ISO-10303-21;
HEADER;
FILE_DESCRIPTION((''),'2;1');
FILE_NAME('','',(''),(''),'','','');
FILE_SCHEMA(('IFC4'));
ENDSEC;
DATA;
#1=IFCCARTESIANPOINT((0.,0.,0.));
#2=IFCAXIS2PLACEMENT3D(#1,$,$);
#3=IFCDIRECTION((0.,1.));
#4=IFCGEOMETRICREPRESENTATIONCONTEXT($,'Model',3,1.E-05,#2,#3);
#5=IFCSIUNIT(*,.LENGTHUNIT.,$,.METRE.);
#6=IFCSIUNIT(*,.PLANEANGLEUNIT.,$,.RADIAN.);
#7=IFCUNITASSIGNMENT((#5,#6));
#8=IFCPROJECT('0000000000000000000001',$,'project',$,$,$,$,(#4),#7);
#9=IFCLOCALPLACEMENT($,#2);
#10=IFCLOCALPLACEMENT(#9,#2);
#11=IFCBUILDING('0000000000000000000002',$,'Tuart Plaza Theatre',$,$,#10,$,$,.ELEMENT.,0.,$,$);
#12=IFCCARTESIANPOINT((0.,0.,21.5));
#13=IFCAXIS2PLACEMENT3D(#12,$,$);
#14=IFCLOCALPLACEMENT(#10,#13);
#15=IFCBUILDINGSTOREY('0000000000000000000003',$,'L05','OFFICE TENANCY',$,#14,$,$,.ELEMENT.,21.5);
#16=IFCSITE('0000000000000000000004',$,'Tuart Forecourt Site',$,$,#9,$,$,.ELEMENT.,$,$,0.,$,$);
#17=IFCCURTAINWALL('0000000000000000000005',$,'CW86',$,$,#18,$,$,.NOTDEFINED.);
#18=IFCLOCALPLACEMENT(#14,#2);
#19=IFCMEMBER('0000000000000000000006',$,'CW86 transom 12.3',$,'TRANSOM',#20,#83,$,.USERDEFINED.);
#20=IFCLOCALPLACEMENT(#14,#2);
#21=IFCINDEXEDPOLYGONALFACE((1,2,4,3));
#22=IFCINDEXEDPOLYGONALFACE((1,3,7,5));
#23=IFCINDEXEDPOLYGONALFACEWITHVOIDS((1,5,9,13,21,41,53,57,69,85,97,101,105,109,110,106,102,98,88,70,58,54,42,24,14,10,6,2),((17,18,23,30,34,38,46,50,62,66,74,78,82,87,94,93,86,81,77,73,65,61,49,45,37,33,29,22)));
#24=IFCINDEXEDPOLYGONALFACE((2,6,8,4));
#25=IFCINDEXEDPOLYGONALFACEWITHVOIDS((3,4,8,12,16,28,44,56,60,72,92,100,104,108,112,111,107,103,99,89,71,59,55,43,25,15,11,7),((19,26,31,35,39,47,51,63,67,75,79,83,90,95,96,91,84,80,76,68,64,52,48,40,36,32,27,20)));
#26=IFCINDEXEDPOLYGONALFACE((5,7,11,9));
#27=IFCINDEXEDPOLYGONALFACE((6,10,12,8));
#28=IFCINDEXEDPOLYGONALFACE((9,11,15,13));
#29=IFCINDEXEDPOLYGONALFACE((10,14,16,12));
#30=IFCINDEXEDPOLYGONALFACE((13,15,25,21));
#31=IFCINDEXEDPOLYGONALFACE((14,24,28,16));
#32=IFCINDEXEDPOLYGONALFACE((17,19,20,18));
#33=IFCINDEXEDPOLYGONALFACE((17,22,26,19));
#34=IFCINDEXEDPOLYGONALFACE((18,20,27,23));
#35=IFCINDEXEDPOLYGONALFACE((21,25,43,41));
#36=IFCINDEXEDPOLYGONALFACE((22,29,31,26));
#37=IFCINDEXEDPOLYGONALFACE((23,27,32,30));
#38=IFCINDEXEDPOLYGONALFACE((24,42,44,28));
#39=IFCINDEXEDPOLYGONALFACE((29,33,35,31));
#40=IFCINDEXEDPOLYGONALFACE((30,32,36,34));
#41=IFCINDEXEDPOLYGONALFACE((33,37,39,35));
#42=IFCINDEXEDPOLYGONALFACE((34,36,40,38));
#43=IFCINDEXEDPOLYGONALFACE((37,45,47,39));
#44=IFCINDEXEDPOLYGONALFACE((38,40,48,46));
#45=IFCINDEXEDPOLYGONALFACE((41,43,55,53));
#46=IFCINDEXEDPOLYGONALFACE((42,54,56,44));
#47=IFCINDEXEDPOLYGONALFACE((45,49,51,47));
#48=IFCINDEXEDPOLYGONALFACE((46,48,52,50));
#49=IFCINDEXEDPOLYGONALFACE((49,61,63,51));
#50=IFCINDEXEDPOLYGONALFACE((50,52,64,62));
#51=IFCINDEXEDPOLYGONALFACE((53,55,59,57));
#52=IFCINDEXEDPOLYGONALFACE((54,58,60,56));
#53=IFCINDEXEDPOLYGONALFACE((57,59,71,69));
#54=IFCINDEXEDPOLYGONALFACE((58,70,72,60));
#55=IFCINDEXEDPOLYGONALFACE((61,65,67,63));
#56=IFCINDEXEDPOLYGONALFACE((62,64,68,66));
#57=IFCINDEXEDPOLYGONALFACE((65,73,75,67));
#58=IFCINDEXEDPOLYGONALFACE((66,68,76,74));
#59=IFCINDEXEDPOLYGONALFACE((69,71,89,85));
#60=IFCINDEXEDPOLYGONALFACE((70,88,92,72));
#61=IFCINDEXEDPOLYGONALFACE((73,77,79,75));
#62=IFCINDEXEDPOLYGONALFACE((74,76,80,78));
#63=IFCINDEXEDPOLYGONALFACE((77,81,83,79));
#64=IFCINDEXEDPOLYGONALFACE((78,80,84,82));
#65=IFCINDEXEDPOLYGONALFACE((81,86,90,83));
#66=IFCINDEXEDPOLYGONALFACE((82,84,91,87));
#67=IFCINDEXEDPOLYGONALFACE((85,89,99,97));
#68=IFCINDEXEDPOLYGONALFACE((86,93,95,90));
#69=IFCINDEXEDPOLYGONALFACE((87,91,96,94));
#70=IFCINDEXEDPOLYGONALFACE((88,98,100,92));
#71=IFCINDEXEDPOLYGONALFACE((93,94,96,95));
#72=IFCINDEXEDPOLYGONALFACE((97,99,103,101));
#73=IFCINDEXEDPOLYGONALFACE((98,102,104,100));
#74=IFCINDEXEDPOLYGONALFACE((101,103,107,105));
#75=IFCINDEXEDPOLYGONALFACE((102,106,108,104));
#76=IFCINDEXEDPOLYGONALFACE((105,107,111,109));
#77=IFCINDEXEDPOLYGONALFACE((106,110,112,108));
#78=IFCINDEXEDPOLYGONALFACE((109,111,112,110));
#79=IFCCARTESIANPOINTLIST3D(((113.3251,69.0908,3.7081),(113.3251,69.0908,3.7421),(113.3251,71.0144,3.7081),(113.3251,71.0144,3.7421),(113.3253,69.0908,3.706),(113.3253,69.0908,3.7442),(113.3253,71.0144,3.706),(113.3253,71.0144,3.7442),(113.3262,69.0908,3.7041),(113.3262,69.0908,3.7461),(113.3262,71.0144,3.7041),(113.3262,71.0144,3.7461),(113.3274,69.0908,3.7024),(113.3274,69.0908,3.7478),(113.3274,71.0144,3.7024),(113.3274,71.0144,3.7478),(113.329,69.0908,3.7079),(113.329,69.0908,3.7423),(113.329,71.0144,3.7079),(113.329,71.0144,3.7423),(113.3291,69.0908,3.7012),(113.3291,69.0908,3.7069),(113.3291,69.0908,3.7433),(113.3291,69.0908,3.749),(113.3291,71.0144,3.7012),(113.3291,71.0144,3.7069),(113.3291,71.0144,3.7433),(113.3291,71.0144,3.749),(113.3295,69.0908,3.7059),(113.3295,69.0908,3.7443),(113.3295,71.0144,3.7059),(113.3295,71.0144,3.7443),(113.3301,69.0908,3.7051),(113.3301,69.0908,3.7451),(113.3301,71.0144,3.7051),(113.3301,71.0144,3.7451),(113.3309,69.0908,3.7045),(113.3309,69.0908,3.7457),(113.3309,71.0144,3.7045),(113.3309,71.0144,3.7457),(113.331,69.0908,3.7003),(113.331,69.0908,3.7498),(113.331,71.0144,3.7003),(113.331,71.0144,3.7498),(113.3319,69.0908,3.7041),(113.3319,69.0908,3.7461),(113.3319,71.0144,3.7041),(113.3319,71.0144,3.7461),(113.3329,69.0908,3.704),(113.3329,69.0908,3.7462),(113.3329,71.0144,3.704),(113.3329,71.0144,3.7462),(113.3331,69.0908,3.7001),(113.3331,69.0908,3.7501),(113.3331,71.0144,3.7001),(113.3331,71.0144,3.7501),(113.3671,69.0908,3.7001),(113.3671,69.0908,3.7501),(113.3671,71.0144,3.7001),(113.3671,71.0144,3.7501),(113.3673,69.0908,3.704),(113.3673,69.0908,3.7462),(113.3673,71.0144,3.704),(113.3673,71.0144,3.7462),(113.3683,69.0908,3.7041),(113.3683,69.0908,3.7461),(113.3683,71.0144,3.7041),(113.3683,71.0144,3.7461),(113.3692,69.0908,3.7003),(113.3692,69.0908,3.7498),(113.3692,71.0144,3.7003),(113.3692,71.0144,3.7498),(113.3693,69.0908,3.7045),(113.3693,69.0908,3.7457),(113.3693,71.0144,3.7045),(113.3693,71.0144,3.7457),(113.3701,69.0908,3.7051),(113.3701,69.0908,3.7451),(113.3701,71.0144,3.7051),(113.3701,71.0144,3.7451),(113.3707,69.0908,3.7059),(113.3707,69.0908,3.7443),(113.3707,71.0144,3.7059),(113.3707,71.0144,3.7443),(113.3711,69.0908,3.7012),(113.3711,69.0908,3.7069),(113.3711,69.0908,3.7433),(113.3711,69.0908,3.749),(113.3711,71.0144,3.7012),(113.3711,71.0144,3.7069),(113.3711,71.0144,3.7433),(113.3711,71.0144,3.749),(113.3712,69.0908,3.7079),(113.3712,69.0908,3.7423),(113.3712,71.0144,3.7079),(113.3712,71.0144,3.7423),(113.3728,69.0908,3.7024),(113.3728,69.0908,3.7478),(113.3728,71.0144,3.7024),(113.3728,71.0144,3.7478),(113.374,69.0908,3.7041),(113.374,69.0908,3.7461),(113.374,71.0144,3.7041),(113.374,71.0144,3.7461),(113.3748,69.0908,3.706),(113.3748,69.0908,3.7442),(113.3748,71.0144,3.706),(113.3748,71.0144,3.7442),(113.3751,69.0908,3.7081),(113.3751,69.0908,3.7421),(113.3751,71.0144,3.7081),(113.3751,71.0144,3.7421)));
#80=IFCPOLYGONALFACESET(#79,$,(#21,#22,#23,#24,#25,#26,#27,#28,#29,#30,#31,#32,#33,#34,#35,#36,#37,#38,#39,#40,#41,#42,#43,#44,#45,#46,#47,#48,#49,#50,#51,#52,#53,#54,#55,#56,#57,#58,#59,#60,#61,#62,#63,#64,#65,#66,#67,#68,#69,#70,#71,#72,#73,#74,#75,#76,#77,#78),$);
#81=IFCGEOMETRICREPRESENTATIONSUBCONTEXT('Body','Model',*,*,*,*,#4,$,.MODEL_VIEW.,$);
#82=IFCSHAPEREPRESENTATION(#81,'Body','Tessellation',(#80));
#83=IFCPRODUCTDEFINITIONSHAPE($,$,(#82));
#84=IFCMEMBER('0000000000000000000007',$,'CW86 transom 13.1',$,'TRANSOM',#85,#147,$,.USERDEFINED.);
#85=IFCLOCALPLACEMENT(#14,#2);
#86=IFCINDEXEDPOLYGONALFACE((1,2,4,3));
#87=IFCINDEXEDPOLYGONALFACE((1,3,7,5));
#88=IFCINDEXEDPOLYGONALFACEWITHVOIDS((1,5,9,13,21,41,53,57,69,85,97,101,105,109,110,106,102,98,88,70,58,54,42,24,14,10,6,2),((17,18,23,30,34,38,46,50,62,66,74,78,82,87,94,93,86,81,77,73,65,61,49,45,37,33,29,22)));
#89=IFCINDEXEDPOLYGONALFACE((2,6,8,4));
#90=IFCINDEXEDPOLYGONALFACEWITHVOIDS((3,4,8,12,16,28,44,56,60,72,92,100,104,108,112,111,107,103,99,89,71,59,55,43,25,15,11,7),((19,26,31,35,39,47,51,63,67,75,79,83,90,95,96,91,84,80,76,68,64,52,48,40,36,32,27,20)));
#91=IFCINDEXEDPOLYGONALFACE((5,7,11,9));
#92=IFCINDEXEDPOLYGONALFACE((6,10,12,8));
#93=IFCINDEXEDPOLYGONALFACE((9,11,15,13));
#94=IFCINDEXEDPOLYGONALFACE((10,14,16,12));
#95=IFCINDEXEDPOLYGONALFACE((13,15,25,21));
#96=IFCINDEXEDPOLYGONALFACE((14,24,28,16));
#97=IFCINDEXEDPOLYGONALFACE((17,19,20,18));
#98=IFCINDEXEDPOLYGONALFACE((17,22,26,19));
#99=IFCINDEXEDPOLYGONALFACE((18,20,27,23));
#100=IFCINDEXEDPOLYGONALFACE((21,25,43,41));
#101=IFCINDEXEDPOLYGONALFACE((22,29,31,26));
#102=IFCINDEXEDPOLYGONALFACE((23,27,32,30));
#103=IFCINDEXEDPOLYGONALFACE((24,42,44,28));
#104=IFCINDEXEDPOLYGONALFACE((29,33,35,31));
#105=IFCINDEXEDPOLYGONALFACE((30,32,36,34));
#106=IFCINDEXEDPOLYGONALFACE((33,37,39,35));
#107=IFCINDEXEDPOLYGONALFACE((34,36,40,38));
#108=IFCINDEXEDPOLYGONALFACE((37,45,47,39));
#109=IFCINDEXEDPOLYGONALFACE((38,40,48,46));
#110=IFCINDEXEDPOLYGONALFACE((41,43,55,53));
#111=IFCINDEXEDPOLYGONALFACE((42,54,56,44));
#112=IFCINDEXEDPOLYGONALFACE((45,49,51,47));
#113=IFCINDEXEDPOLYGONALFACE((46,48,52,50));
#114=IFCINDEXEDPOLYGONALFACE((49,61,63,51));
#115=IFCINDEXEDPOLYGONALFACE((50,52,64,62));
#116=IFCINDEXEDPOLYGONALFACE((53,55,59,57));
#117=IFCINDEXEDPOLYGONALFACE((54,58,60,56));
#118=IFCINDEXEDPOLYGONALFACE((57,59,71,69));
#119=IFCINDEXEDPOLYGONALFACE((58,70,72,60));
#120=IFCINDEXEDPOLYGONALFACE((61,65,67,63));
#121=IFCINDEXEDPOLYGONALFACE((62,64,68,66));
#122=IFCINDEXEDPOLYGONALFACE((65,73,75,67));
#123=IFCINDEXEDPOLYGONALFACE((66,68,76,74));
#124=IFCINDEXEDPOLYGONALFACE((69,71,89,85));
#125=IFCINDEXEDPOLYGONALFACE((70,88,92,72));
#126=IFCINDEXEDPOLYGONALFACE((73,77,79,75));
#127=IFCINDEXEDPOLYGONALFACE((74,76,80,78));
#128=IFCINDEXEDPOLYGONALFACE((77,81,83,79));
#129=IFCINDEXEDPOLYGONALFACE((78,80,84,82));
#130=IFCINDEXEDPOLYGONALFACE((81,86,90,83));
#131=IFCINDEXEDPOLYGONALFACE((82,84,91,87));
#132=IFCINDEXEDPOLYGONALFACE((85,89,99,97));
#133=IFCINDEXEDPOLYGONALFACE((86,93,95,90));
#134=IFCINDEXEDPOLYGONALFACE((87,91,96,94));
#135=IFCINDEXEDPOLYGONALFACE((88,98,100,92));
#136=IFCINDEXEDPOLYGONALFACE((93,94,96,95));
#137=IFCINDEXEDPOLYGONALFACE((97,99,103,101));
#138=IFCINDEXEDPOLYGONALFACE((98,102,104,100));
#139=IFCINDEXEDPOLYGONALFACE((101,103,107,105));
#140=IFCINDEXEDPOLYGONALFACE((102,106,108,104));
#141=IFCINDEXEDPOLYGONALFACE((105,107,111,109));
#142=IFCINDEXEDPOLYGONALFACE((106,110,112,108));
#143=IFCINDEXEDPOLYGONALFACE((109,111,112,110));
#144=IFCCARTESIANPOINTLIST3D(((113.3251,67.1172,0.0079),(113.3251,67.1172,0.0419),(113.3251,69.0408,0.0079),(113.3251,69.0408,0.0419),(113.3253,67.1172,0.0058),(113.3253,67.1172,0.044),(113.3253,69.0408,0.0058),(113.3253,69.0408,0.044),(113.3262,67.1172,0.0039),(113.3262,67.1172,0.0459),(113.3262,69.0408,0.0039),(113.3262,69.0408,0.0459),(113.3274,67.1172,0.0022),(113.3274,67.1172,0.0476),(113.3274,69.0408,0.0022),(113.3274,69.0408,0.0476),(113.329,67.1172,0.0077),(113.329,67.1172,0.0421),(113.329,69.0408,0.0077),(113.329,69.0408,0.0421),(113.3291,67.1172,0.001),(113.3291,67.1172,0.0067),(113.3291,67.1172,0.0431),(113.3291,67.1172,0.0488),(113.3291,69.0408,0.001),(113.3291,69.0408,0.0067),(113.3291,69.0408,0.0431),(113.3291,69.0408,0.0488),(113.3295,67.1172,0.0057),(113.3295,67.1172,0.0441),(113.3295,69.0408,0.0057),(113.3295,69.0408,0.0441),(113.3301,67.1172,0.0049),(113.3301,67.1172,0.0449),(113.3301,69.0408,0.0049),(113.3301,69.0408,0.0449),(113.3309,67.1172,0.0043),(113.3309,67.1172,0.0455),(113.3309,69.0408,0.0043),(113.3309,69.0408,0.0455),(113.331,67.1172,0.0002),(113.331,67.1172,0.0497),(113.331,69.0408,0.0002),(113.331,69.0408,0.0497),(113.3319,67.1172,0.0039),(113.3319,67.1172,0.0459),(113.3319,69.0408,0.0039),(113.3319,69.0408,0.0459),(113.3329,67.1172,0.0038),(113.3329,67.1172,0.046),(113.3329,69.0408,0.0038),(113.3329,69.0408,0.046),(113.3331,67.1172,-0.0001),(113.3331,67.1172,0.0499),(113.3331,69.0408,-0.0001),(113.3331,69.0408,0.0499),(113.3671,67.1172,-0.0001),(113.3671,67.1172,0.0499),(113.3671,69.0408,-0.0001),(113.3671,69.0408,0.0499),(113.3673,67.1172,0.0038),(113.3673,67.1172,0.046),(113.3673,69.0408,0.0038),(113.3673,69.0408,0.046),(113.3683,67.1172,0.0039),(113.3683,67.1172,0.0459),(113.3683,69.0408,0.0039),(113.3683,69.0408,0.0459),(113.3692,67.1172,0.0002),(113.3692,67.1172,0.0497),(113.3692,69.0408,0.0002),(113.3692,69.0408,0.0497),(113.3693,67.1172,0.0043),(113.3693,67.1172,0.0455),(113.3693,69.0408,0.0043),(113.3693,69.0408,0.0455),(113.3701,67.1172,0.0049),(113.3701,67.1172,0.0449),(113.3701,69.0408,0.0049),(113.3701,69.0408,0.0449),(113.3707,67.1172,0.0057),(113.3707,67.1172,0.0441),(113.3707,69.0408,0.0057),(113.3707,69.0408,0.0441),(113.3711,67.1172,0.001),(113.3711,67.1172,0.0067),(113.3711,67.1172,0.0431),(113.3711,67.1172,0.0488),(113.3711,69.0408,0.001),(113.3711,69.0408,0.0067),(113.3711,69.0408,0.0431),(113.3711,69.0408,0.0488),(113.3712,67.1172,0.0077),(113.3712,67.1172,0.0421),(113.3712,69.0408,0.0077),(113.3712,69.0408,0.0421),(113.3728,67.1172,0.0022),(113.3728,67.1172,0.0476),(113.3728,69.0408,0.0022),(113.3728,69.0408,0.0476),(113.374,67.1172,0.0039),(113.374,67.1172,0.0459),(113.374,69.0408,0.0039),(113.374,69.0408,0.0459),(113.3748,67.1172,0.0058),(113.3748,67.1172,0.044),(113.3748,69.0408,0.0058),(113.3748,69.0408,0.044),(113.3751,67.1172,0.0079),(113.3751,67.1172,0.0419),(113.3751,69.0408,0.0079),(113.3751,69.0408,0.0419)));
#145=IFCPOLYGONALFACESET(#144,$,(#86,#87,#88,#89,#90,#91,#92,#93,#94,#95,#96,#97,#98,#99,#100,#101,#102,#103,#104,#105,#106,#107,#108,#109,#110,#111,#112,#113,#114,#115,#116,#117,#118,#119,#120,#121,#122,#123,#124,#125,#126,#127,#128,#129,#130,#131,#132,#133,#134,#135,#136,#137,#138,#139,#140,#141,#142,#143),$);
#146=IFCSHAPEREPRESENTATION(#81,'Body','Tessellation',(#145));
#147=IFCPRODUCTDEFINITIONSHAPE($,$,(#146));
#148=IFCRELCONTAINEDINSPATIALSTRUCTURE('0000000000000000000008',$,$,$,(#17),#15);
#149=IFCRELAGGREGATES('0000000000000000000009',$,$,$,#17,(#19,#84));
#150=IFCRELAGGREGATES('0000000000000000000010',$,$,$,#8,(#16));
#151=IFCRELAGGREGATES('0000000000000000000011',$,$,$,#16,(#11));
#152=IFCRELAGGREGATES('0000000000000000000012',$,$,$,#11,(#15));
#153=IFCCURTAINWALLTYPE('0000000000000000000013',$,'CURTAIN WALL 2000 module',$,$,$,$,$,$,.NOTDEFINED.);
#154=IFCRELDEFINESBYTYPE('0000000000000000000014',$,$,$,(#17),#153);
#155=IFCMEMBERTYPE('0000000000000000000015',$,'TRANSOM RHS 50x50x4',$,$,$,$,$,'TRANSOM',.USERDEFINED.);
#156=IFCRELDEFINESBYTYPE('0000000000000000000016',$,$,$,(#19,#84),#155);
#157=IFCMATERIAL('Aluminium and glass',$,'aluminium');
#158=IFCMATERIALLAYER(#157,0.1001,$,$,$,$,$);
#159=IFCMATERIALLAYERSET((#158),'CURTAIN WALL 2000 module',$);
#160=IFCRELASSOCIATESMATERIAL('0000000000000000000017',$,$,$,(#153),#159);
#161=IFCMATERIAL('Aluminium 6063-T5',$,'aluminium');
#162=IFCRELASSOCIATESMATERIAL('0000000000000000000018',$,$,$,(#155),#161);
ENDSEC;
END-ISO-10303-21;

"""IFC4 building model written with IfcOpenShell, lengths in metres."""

from ifc_helpers import new_model, si_unit, direction, frame, origin, origin_2d, place, context, subcontext, project, spatial, hollow_rectangle, extrude, material, layer, layer_set, material_profile, profile_set, type_object, element, aggregate, save


model = new_model("IFC4")

# Units and contexts
model_context = context("Model", 3, precision=1e-05, world=origin(), true_north=direction((0.0, 1.0)))
body_context = subcontext(model_context, "Body", "Model", "MODEL_VIEW")
ifc_project = project(units=[si_unit("LENGTHUNIT", "METRE"), si_unit("PLANEANGLEUNIT", "RADIAN")], contexts=[model_context])

# Site, building, storey
site_placement = place(None, origin())
site = spatial("IfcSite", under=ifc_project, at=site_placement, Name="Tuart Forecourt Site", CompositionType="ELEMENT", RefElevation=0.0)
building_placement = place(site_placement, origin())
building = spatial("IfcBuilding", under=site, at=building_placement, Name="Tuart Plaza Theatre", CompositionType="ELEMENT", ElevationOfRefHeight=0.0)
storey_placement = place(building_placement, frame((0.0, 0.0, 21.5)))
storey = spatial("IfcBuildingStorey", under=building, at=storey_placement, Name="L05", Description="OFFICE TENANCY", CompositionType="ELEMENT", Elevation=21.5)

# Curtain wall, members
ifc_material_1 = material(Name="Aluminium and glass", Category="aluminium")
ifc_layer_1 = layer(ifc_material_1, 0.1001)
ifc_layer_set_1 = layer_set([ifc_layer_1], Name="CURTAIN WALL 2000 module")
curtain_wall_type = type_object("IfcCurtainWallType", Name="CURTAIN WALL 2000 module", PredefinedType="NOTDEFINED", material=ifc_layer_set_1)
curtain_wall_placement = place(storey_placement, origin())
curtain_wall = element("IfcCurtainWall", 1, at=curtain_wall_placement, inside=storey, type_object=curtain_wall_type, Name="CW86", PredefinedType="NOTDEFINED")
ifc_material_2 = material(Name="Aluminium 6063-T5", Category="aluminium")
ifc_material_profile_1 = material_profile(ifc_material_2, hollow_rectangle(XDim=0.05, YDim=0.05, WallThickness=0.0039, InnerFilletRadius=0.0039, OuterFilletRadius=0.0081, at=origin_2d()), Name="RHS 50x50x4")
ifc_profile_set_1 = profile_set([ifc_material_profile_1], Name="Aluminium 6063-T5")
member_type_1 = type_object("IfcMemberType", Name="TRANSOM RHS 50x50x4", ElementType="TRANSOM", PredefinedType="USERDEFINED", material=ifc_profile_set_1)
member_1_placement = place(storey_placement, frame((113.3501, 71.0144, 3.7251), z_axis=(0.0, -1.0, 0.0), x_axis=(1.0, 0.0, 0.0)))
member_1 = element("IfcMember", 2, at=member_1_placement, type_object=member_type_1, Name="CW86 transom 12.3", ObjectType="TRANSOM", PredefinedType="USERDEFINED", context=body_context, shape_type="SweptSolid", body=[
    extrude(hollow_rectangle(XDim=0.05, YDim=0.05, WallThickness=0.0039, InnerFilletRadius=0.0039, OuterFilletRadius=0.0081, at=origin_2d()), origin(), (0.0, 0.0, 1.0), 1.9236),
])
member_2_placement = place(storey_placement, frame((113.3501, 69.0408, 0.0249), z_axis=(0.0, -1.0, 0.0), x_axis=(1.0, 0.0, 0.0)))
member_2 = element("IfcMember", 3, at=member_2_placement, type_object=member_type_1, Name="CW86 transom 13.1", ObjectType="TRANSOM", PredefinedType="USERDEFINED", context=body_context, shape_type="SweptSolid", body=[
    extrude(hollow_rectangle(XDim=0.05, YDim=0.05, WallThickness=0.0039, InnerFilletRadius=0.0039, OuterFilletRadius=0.0081, at=origin_2d()), origin(), (0.0, 0.0, 1.0), 1.9236),
])
aggregate(curtain_wall, [member_1, member_2])

save(model, "model.ifc")
